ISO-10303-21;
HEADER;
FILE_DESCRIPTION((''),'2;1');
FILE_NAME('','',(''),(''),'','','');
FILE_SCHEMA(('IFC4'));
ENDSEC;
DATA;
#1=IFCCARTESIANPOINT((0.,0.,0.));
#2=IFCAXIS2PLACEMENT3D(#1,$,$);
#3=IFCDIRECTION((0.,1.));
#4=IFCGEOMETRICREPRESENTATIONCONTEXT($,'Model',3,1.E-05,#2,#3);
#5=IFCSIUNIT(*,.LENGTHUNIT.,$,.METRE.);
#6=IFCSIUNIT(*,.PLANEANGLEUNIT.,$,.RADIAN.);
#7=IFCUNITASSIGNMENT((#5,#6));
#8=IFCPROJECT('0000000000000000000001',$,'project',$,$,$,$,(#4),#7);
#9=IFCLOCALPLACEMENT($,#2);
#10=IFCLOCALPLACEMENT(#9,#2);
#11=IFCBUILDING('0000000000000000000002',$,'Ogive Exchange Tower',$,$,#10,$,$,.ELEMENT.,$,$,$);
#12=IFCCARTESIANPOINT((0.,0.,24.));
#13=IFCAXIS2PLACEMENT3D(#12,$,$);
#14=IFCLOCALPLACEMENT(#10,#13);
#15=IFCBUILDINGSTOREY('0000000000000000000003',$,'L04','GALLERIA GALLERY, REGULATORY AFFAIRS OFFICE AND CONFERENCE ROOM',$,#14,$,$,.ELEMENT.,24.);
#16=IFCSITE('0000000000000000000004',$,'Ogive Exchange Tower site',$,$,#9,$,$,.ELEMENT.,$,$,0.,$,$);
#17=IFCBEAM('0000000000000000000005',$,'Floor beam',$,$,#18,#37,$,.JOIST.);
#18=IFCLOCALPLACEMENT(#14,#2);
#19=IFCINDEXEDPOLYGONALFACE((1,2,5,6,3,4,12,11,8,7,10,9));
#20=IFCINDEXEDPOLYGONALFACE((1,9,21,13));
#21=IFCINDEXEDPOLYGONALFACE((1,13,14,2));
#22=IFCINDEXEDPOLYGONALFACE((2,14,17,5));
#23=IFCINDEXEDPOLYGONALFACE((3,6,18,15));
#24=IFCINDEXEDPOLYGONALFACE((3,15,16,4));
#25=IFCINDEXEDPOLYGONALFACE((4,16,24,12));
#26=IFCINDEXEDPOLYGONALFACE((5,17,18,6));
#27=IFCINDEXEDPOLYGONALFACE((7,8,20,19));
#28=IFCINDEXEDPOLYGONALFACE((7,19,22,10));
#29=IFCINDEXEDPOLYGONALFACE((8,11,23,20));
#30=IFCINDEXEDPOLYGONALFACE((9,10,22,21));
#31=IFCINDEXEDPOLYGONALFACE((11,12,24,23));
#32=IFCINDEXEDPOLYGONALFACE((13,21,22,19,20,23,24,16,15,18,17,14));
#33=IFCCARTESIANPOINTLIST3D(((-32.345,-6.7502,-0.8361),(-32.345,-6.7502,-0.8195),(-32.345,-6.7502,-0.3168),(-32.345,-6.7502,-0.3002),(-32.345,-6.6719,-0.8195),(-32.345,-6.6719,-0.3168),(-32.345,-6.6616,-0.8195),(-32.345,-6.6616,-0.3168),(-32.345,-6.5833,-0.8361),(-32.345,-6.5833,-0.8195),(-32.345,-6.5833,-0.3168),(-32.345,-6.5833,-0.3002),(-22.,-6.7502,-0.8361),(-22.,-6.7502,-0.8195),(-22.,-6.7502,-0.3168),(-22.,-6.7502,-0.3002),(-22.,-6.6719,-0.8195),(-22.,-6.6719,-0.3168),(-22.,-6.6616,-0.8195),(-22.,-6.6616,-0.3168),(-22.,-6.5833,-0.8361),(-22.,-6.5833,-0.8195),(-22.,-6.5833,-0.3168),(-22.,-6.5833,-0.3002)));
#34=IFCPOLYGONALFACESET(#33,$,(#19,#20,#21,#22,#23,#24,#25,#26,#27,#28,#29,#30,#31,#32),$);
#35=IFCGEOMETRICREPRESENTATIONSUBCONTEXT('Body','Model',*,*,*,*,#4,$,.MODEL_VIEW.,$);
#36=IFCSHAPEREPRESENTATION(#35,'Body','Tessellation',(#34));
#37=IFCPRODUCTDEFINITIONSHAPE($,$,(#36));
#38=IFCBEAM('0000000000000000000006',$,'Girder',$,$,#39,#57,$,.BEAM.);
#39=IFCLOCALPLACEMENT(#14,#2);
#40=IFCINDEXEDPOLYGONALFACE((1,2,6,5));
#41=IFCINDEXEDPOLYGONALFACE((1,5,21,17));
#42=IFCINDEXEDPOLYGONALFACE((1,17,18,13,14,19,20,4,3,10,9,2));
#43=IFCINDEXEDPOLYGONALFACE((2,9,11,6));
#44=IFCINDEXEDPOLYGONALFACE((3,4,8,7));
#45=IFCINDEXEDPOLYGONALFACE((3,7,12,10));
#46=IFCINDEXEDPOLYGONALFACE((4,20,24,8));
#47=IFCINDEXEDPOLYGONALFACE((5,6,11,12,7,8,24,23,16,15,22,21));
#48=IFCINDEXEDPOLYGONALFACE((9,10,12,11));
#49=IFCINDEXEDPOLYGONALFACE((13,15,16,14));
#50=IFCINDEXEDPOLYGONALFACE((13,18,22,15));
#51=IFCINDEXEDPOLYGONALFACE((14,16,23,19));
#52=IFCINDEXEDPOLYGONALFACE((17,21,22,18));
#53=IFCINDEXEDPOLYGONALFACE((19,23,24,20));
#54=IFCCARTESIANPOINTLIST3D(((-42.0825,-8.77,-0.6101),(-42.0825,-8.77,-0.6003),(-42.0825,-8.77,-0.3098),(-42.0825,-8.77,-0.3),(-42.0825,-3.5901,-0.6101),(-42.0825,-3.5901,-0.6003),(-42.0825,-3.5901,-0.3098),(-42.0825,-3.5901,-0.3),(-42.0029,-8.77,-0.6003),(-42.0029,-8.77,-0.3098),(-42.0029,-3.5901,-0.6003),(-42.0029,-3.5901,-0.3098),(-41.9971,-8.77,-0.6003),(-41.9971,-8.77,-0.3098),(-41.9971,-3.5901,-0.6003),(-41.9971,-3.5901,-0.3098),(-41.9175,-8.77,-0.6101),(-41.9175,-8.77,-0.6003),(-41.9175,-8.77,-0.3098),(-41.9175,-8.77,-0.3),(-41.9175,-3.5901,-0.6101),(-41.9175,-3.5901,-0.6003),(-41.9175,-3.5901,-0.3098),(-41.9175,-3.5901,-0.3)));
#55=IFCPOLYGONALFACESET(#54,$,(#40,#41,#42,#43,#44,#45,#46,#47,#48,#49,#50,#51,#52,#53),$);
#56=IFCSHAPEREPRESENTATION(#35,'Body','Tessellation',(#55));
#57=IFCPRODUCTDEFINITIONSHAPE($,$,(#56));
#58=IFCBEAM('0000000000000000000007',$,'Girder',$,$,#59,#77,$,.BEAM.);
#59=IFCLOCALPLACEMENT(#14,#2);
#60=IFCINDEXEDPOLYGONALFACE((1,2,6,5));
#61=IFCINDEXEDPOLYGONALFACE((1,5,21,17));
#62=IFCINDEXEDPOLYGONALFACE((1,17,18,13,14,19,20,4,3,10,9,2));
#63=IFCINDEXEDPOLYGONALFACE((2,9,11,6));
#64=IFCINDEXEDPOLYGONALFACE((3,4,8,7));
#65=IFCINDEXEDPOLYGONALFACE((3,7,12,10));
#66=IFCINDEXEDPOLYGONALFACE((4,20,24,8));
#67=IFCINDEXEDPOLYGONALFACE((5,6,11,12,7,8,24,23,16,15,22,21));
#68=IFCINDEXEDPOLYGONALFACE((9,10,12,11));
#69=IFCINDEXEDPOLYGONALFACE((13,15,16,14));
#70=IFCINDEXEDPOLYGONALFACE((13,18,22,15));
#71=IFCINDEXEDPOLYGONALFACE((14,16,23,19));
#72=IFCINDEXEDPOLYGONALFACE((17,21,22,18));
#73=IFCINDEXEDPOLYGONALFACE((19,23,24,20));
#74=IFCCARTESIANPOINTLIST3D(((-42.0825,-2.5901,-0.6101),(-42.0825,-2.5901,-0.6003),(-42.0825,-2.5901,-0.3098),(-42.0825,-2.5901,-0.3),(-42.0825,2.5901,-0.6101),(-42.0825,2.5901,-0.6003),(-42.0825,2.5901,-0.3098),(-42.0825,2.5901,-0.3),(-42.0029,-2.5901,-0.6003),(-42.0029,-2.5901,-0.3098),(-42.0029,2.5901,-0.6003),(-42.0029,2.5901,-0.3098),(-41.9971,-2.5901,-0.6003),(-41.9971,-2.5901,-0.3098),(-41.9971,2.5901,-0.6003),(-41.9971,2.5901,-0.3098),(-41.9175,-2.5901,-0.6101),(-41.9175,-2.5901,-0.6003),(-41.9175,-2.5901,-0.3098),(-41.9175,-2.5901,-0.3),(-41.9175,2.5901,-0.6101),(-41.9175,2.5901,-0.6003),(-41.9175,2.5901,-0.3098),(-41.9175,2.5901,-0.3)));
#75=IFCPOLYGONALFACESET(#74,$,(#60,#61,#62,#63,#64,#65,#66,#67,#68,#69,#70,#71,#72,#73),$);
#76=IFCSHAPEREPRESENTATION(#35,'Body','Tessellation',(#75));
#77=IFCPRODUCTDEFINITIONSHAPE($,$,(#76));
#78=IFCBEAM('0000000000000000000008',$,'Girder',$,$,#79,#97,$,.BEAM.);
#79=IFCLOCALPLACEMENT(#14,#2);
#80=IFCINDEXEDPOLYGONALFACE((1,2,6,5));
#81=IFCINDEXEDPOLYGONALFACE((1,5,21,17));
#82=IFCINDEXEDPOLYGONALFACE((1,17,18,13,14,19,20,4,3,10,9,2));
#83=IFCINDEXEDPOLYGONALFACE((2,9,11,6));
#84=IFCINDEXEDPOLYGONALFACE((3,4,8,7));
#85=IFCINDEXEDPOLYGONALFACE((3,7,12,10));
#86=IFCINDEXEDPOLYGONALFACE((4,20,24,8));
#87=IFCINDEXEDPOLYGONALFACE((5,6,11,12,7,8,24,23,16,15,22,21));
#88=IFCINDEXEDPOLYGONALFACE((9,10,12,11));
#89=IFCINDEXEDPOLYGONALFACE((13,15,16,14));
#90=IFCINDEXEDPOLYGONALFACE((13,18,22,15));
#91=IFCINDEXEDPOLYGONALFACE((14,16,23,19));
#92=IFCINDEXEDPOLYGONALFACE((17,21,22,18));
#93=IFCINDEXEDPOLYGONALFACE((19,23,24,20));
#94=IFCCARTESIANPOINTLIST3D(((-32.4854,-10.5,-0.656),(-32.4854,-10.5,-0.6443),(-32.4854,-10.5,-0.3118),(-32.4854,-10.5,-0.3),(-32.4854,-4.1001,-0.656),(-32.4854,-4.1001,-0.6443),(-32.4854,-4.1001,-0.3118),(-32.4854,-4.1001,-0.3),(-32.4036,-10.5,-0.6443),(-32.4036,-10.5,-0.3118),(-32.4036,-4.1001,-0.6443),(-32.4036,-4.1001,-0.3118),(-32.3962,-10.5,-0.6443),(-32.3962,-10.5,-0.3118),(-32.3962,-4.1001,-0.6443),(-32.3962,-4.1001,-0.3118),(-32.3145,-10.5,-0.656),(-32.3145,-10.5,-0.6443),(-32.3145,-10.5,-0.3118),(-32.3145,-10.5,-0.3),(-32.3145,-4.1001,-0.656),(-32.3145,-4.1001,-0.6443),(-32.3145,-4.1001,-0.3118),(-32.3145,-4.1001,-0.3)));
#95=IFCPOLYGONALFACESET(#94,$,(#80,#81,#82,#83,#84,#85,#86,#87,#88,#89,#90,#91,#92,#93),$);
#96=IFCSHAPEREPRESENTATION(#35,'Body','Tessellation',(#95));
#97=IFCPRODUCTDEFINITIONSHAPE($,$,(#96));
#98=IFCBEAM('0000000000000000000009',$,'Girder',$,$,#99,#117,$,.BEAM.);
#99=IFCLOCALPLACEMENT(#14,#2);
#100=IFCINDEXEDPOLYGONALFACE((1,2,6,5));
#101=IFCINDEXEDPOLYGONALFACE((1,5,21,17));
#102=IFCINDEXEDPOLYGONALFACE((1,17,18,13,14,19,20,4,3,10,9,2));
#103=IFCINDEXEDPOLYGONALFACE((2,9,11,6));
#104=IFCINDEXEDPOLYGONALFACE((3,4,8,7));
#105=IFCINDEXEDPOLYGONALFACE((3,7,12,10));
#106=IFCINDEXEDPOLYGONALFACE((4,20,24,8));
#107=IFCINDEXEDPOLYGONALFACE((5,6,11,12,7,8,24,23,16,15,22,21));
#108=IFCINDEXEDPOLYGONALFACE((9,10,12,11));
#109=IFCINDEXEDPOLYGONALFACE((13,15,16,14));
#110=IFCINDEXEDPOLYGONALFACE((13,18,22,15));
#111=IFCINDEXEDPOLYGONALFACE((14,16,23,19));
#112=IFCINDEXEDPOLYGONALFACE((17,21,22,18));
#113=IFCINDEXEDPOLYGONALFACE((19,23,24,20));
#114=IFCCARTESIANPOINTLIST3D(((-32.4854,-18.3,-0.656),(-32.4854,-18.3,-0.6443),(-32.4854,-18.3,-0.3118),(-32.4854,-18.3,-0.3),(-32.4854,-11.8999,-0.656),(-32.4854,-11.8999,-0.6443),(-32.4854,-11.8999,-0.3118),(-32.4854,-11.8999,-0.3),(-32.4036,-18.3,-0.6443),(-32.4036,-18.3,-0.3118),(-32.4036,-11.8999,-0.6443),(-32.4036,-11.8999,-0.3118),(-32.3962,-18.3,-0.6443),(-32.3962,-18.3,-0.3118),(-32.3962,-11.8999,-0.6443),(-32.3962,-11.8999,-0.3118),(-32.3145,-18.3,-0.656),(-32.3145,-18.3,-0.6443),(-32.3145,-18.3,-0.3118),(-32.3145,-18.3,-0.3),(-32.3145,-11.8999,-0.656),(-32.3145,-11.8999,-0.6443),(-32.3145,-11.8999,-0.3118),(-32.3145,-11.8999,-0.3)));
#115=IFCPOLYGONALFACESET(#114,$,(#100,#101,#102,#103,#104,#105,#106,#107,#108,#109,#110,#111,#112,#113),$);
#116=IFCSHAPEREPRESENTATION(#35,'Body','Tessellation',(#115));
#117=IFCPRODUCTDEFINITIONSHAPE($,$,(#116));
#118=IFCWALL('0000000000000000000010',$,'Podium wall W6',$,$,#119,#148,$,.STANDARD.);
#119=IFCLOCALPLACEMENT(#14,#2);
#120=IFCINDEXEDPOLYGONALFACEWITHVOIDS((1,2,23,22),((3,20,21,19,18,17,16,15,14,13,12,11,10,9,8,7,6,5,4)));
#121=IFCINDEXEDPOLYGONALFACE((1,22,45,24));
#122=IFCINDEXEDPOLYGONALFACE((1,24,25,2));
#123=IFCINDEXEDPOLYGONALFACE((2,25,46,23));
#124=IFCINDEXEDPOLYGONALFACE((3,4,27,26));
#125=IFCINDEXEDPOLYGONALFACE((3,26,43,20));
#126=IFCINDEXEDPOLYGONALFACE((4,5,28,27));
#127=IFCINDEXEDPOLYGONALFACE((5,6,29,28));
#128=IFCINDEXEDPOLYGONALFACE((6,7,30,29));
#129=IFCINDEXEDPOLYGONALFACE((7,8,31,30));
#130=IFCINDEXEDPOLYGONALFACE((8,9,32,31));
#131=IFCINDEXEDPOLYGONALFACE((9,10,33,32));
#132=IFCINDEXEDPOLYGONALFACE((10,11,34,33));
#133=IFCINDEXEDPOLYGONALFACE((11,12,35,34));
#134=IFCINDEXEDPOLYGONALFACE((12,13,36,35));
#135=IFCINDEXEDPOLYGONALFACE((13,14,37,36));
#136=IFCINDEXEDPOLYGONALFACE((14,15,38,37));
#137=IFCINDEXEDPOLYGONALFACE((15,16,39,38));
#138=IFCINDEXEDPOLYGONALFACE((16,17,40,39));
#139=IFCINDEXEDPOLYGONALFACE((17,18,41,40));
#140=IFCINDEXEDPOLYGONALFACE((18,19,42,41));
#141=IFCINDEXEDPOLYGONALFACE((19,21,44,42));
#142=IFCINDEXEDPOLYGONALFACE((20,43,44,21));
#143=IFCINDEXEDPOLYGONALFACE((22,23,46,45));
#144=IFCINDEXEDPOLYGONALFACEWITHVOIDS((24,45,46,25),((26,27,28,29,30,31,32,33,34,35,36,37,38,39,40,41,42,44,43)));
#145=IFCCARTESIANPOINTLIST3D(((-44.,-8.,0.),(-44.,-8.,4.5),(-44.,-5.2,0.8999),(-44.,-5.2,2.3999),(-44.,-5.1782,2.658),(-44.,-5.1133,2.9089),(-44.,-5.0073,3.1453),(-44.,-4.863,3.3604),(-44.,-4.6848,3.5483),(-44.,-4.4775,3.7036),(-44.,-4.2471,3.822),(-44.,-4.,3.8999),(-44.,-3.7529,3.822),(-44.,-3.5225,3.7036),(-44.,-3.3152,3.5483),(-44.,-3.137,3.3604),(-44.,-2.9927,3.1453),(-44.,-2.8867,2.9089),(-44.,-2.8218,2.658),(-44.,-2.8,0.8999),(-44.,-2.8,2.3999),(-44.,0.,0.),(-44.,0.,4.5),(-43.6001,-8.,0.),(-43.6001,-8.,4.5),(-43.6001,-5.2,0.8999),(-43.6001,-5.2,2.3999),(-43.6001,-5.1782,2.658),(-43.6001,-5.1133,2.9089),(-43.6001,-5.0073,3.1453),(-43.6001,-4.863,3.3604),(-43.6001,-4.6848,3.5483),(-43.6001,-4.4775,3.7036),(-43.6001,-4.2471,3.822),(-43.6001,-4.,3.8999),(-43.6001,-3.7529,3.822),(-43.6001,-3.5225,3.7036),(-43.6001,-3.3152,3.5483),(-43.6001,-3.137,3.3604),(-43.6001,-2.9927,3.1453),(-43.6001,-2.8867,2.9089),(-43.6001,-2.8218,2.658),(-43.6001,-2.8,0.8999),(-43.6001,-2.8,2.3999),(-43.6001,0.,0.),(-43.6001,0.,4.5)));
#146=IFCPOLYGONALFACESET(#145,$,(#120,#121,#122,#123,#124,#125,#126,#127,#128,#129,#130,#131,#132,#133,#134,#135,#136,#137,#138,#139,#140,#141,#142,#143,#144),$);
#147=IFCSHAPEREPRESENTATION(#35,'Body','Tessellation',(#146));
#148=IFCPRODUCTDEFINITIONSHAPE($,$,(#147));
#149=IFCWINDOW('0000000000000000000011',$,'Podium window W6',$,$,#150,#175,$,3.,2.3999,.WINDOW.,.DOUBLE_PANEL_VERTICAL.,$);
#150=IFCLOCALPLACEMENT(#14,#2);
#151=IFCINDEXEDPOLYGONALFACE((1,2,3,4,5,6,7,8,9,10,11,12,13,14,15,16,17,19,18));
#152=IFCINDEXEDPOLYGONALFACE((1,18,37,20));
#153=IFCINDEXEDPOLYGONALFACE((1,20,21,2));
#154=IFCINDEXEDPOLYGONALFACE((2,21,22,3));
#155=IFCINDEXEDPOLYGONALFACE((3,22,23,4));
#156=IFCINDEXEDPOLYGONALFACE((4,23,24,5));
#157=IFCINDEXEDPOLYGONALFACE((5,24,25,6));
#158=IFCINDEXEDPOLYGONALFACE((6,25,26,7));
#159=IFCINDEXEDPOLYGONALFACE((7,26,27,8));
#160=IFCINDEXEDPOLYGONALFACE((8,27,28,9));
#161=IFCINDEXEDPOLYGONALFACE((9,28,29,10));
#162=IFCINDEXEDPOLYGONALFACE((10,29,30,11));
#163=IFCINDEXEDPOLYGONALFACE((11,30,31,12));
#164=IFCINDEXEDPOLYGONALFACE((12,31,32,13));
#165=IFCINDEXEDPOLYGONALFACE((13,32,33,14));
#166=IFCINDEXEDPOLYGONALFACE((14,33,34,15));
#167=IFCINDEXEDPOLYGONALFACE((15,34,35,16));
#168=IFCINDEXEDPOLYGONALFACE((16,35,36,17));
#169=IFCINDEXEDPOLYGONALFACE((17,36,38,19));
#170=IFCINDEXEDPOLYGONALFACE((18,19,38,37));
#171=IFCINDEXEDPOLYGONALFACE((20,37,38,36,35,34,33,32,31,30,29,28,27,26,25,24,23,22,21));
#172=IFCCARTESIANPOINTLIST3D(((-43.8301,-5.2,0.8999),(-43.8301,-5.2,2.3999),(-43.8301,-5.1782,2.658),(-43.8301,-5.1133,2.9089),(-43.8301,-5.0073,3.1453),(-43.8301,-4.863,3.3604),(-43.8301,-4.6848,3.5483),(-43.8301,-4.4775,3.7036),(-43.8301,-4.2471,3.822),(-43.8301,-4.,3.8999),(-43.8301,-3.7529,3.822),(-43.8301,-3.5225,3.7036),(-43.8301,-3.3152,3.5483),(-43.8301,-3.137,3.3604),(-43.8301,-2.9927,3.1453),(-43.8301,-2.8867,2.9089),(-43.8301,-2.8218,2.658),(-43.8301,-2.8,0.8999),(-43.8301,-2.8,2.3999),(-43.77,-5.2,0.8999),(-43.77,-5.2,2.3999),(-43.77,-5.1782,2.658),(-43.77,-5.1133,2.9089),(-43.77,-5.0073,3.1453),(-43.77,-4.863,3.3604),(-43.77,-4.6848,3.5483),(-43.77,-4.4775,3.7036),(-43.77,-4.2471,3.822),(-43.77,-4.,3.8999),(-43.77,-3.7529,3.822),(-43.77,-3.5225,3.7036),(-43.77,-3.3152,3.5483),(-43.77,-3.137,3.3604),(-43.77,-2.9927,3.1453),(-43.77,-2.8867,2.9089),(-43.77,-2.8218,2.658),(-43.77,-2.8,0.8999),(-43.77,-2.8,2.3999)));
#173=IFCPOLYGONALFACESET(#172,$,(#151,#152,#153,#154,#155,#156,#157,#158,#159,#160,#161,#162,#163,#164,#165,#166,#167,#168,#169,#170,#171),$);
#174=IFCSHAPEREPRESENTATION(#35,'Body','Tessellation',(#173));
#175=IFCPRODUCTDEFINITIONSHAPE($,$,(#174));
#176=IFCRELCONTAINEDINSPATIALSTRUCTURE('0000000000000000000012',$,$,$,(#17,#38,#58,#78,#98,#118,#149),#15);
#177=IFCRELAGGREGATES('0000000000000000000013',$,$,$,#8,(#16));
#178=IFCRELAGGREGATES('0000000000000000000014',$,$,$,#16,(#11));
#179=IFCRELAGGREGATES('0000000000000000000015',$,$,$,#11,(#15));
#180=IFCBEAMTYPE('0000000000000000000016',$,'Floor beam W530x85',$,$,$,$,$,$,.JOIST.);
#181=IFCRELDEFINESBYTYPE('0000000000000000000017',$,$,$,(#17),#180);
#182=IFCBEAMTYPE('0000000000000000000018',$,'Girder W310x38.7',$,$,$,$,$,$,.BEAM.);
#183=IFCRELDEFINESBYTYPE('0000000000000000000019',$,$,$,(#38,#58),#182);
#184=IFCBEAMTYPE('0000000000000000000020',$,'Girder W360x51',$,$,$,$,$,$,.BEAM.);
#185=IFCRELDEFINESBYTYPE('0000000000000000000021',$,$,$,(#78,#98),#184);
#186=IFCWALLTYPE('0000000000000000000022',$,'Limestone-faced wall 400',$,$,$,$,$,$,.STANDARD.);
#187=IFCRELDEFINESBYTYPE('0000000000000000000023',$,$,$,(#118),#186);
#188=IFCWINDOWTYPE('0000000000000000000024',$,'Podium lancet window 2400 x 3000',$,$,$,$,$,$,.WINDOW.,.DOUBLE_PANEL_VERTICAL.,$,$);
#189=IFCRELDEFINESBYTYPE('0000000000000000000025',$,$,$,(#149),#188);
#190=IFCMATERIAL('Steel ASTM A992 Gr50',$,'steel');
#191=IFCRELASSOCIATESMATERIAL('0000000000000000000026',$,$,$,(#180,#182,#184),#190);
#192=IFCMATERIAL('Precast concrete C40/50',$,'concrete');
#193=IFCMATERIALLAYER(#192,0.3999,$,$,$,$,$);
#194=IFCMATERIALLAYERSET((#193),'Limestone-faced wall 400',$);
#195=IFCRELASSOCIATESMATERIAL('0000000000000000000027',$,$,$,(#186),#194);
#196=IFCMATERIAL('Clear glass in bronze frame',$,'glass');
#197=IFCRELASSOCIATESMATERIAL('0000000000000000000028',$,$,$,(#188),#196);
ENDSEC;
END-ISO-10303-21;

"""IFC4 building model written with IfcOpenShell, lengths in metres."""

from ifc_helpers import new_model, si_unit, direction, frame, frame_2d, origin, origin_2d, place, context, subcontext, project, spatial, polyline, rectangle, i_section, outline, extrude, material, layer, layer_set, material_profile, profile_set, type_object, element, fill, save


model = new_model("IFC4")

# Units and contexts
model_context = context("Model", 3, precision=1e-05, world=origin(), true_north=direction((0.0, 1.0)))
body_context = subcontext(model_context, "Body", "Model", "MODEL_VIEW")
ifc_project = project(units=[si_unit("LENGTHUNIT", "METRE"), si_unit("PLANEANGLEUNIT", "RADIAN")], contexts=[model_context])

# Site, building, storey
site_placement = place(None, origin())
site = spatial("IfcSite", under=ifc_project, at=site_placement, Name="Ogive Exchange Tower site", CompositionType="ELEMENT", RefElevation=0.0)
building_placement = place(site_placement, origin())
building = spatial("IfcBuilding", under=site, at=building_placement, Name="Ogive Exchange Tower", CompositionType="ELEMENT")
storey_placement = place(building_placement, frame((0.0, 0.0, 24.0)))
storey = spatial("IfcBuildingStorey", under=building, at=storey_placement, Name="L04", Description="GALLERIA GALLERY, REGULATORY AFFAIRS OFFICE AND CONFERENCE ROOM", CompositionType="ELEMENT", Elevation=24.0)

# Beams
ifc_material_1 = material(Name="Steel ASTM A992 Gr50", Category="steel")
ifc_material_profile_1 = material_profile(ifc_material_1, i_section(OverallWidth=0.167, OverallDepth=0.5359, WebThickness=0.0103, FlangeThickness=0.0166, at=origin_2d()), Name="W530x85")
ifc_profile_set_1 = profile_set([ifc_material_profile_1], Name="Steel ASTM A992 Gr50")
beam_type_1 = type_object("IfcBeamType", Name="Floor beam W530x85", PredefinedType="JOIST", material=ifc_profile_set_1)
beam_1_placement = place(storey_placement, frame((-32.345, -6.6667, -0.5681), z_axis=(1.0, 0.0, 0.0), x_axis=(0.0, 1.0, 0.0)))
element("IfcBeam", 1, at=beam_1_placement, inside=storey, type_object=beam_type_1, Name="Floor beam", PredefinedType="JOIST", context=body_context, shape_type="SweptSolid", body=[
    extrude(i_section(OverallWidth=0.167, OverallDepth=0.5359, WebThickness=0.0103, FlangeThickness=0.0166, at=origin_2d()), origin(), (0.0, 0.0, 1.0), 10.345),
])
ifc_material_profile_2 = material_profile(ifc_material_1, i_section(OverallWidth=0.165, OverallDepth=0.3101, WebThickness=0.0059, FlangeThickness=0.0098, at=origin_2d()), Name="W310x38.7")
ifc_profile_set_2 = profile_set([ifc_material_profile_2], Name="Steel ASTM A992 Gr50")
beam_type_2 = type_object("IfcBeamType", Name="Girder W310x38.7", PredefinedType="BEAM", material=ifc_profile_set_2)
beam_2_placement = place(storey_placement, frame((-42.0, -8.77, -0.4551), z_axis=(0.0, 1.0, 0.0), x_axis=(-1.0, 0.0, 0.0)))
element("IfcBeam", 2, at=beam_2_placement, inside=storey, type_object=beam_type_2, Name="Girder", PredefinedType="BEAM", context=body_context, shape_type="SweptSolid", body=[
    extrude(i_section(OverallWidth=0.165, OverallDepth=0.3101, WebThickness=0.0059, FlangeThickness=0.0098, at=origin_2d()), origin(), (0.0, 0.0, 1.0), 5.1799),
])
beam_3_placement = place(storey_placement, frame((-42.0, -2.5901, -0.4551), z_axis=(0.0, 1.0, 0.0), x_axis=(-1.0, 0.0, 0.0)))
element("IfcBeam", 3, at=beam_3_placement, inside=storey, type_object=beam_type_2, Name="Girder", PredefinedType="BEAM", context=body_context, shape_type="SweptSolid", body=[
    extrude(i_section(OverallWidth=0.165, OverallDepth=0.3101, WebThickness=0.0059, FlangeThickness=0.0098, at=origin_2d()), origin(), (0.0, 0.0, 1.0), 5.1802),
])
ifc_material_profile_3 = material_profile(ifc_material_1, i_section(OverallWidth=0.1709, OverallDepth=0.356, WebThickness=0.0073, FlangeThickness=0.0117, at=origin_2d()), Name="W360x51")
ifc_profile_set_3 = profile_set([ifc_material_profile_3], Name="Steel ASTM A992 Gr50")
beam_type_3 = type_object("IfcBeamType", Name="Girder W360x51", PredefinedType="BEAM", material=ifc_profile_set_3)
beam_4_placement = place(storey_placement, frame((-32.3999, -4.1001, -0.478), z_axis=(0.0, -1.0, 0.0), x_axis=(1.0, 0.0, 0.0)))
element("IfcBeam", 4, at=beam_4_placement, inside=storey, type_object=beam_type_3, Name="Girder", PredefinedType="BEAM", context=body_context, shape_type="SweptSolid", body=[
    extrude(i_section(OverallWidth=0.1709, OverallDepth=0.356, WebThickness=0.0073, FlangeThickness=0.0117, at=origin_2d()), origin(), (0.0, 0.0, 1.0), 6.3999),
])
beam_5_placement = place(storey_placement, frame((-32.3999, -11.8999, -0.478), z_axis=(0.0, -1.0, 0.0), x_axis=(1.0, 0.0, 0.0)))
element("IfcBeam", 5, at=beam_5_placement, inside=storey, type_object=beam_type_3, Name="Girder", PredefinedType="BEAM", context=body_context, shape_type="SweptSolid", body=[
    extrude(i_section(OverallWidth=0.1709, OverallDepth=0.356, WebThickness=0.0073, FlangeThickness=0.0117, at=origin_2d()), origin(), (0.0, 0.0, 1.0), 6.4001),
])

# Wall, opening, window
ifc_material_2 = material(Name="Precast concrete C40/50", Category="concrete")
ifc_layer_1 = layer(ifc_material_2, 0.3999)
ifc_layer_set_1 = layer_set([ifc_layer_1], Name="Limestone-faced wall 400")
wall_type_1 = type_object("IfcWallType", Name="Limestone-faced wall 400", PredefinedType="STANDARD", material=ifc_layer_set_1)
wall_1_placement = place(storey_placement, frame((-43.8, 0.0, 0.0), z_axis=(0.0, 0.0, 1.0), x_axis=(0.0, -1.0, 0.0)))
wall_1 = element("IfcWall", 6, at=wall_1_placement, inside=storey, type_object=wall_type_1, Name="Podium wall W6", PredefinedType="STANDARD", context=body_context, shape_type="SweptSolid", body=[
    extrude(rectangle(XDim=8.0, YDim=0.3999, at=frame_2d((4.0, 0.0))), origin(), (0.0, 0.0, 1.0), 4.5),
])
opening_1_placement = place(wall_1_placement, frame((2.8, 0.0, 0.8999)))
opening_1 = element("IfcOpeningElement", 7, at=opening_1_placement, cuts=wall_1, PredefinedType="OPENING", context=body_context, shape_type="SweptSolid", body=[
    extrude(outline(polyline([(0.0, 0.0), (2.3999, 0.0), (2.3999, 1.5), (2.3782, 1.7581), (2.3132, 2.009), (2.2073, 2.2454), (2.063, 2.4604), (1.8848, 2.6484), (1.6775, 2.8037), (1.447, 2.9221), (1.2, 3.0), (0.9529, 2.9221), (0.7224, 2.8037), (0.5151, 2.6484), (0.3369, 2.4604), (0.1926, 2.2454), (0.0867, 2.009), (0.0217, 1.7581), (0.0, 1.5), (0.0, 0.0)])), frame((0.0, 0.21, 0.0), z_axis=(0.0, -1.0, 0.0), x_axis=(1.0, 0.0, 0.0)), (0.0, 0.0, 1.0), 0.4199),
])
ifc_material_3 = material(Name="Clear glass in bronze frame", Category="glass")
window_type_1 = type_object("IfcWindowType", Name="Podium lancet window 2400 x 3000", PartitioningType="DOUBLE_PANEL_VERTICAL", PredefinedType="WINDOW", material=ifc_material_3)
window_1_placement = place(opening_1_placement, origin())
window_1 = element("IfcWindow", 8, at=window_1_placement, inside=storey, type_object=window_type_1, Name="Podium window W6", OverallHeight=3.0, OverallWidth=2.3999, PartitioningType="DOUBLE_PANEL_VERTICAL", PredefinedType="WINDOW", context=body_context, shape_type="SweptSolid", body=[
    extrude(outline(polyline([(0.0, 0.0), (2.3999, 0.0), (2.3999, 1.5), (2.3782, 1.7581), (2.3132, 2.009), (2.2073, 2.2454), (2.063, 2.4604), (1.8848, 2.6484), (1.6775, 2.8037), (1.447, 2.9221), (1.2, 3.0), (0.9529, 2.9221), (0.7224, 2.8037), (0.5151, 2.6484), (0.3369, 2.4604), (0.1926, 2.2454), (0.0867, 2.009), (0.0217, 1.7581), (0.0, 1.5), (0.0, 0.0)])), frame((0.0, 0.03, 0.0), z_axis=(0.0, -1.0, 0.0), x_axis=(1.0, 0.0, 0.0)), (0.0, 0.0, 1.0), 0.0601),
])
fill(opening_1, window_1)

save(model, "model.ifc")
